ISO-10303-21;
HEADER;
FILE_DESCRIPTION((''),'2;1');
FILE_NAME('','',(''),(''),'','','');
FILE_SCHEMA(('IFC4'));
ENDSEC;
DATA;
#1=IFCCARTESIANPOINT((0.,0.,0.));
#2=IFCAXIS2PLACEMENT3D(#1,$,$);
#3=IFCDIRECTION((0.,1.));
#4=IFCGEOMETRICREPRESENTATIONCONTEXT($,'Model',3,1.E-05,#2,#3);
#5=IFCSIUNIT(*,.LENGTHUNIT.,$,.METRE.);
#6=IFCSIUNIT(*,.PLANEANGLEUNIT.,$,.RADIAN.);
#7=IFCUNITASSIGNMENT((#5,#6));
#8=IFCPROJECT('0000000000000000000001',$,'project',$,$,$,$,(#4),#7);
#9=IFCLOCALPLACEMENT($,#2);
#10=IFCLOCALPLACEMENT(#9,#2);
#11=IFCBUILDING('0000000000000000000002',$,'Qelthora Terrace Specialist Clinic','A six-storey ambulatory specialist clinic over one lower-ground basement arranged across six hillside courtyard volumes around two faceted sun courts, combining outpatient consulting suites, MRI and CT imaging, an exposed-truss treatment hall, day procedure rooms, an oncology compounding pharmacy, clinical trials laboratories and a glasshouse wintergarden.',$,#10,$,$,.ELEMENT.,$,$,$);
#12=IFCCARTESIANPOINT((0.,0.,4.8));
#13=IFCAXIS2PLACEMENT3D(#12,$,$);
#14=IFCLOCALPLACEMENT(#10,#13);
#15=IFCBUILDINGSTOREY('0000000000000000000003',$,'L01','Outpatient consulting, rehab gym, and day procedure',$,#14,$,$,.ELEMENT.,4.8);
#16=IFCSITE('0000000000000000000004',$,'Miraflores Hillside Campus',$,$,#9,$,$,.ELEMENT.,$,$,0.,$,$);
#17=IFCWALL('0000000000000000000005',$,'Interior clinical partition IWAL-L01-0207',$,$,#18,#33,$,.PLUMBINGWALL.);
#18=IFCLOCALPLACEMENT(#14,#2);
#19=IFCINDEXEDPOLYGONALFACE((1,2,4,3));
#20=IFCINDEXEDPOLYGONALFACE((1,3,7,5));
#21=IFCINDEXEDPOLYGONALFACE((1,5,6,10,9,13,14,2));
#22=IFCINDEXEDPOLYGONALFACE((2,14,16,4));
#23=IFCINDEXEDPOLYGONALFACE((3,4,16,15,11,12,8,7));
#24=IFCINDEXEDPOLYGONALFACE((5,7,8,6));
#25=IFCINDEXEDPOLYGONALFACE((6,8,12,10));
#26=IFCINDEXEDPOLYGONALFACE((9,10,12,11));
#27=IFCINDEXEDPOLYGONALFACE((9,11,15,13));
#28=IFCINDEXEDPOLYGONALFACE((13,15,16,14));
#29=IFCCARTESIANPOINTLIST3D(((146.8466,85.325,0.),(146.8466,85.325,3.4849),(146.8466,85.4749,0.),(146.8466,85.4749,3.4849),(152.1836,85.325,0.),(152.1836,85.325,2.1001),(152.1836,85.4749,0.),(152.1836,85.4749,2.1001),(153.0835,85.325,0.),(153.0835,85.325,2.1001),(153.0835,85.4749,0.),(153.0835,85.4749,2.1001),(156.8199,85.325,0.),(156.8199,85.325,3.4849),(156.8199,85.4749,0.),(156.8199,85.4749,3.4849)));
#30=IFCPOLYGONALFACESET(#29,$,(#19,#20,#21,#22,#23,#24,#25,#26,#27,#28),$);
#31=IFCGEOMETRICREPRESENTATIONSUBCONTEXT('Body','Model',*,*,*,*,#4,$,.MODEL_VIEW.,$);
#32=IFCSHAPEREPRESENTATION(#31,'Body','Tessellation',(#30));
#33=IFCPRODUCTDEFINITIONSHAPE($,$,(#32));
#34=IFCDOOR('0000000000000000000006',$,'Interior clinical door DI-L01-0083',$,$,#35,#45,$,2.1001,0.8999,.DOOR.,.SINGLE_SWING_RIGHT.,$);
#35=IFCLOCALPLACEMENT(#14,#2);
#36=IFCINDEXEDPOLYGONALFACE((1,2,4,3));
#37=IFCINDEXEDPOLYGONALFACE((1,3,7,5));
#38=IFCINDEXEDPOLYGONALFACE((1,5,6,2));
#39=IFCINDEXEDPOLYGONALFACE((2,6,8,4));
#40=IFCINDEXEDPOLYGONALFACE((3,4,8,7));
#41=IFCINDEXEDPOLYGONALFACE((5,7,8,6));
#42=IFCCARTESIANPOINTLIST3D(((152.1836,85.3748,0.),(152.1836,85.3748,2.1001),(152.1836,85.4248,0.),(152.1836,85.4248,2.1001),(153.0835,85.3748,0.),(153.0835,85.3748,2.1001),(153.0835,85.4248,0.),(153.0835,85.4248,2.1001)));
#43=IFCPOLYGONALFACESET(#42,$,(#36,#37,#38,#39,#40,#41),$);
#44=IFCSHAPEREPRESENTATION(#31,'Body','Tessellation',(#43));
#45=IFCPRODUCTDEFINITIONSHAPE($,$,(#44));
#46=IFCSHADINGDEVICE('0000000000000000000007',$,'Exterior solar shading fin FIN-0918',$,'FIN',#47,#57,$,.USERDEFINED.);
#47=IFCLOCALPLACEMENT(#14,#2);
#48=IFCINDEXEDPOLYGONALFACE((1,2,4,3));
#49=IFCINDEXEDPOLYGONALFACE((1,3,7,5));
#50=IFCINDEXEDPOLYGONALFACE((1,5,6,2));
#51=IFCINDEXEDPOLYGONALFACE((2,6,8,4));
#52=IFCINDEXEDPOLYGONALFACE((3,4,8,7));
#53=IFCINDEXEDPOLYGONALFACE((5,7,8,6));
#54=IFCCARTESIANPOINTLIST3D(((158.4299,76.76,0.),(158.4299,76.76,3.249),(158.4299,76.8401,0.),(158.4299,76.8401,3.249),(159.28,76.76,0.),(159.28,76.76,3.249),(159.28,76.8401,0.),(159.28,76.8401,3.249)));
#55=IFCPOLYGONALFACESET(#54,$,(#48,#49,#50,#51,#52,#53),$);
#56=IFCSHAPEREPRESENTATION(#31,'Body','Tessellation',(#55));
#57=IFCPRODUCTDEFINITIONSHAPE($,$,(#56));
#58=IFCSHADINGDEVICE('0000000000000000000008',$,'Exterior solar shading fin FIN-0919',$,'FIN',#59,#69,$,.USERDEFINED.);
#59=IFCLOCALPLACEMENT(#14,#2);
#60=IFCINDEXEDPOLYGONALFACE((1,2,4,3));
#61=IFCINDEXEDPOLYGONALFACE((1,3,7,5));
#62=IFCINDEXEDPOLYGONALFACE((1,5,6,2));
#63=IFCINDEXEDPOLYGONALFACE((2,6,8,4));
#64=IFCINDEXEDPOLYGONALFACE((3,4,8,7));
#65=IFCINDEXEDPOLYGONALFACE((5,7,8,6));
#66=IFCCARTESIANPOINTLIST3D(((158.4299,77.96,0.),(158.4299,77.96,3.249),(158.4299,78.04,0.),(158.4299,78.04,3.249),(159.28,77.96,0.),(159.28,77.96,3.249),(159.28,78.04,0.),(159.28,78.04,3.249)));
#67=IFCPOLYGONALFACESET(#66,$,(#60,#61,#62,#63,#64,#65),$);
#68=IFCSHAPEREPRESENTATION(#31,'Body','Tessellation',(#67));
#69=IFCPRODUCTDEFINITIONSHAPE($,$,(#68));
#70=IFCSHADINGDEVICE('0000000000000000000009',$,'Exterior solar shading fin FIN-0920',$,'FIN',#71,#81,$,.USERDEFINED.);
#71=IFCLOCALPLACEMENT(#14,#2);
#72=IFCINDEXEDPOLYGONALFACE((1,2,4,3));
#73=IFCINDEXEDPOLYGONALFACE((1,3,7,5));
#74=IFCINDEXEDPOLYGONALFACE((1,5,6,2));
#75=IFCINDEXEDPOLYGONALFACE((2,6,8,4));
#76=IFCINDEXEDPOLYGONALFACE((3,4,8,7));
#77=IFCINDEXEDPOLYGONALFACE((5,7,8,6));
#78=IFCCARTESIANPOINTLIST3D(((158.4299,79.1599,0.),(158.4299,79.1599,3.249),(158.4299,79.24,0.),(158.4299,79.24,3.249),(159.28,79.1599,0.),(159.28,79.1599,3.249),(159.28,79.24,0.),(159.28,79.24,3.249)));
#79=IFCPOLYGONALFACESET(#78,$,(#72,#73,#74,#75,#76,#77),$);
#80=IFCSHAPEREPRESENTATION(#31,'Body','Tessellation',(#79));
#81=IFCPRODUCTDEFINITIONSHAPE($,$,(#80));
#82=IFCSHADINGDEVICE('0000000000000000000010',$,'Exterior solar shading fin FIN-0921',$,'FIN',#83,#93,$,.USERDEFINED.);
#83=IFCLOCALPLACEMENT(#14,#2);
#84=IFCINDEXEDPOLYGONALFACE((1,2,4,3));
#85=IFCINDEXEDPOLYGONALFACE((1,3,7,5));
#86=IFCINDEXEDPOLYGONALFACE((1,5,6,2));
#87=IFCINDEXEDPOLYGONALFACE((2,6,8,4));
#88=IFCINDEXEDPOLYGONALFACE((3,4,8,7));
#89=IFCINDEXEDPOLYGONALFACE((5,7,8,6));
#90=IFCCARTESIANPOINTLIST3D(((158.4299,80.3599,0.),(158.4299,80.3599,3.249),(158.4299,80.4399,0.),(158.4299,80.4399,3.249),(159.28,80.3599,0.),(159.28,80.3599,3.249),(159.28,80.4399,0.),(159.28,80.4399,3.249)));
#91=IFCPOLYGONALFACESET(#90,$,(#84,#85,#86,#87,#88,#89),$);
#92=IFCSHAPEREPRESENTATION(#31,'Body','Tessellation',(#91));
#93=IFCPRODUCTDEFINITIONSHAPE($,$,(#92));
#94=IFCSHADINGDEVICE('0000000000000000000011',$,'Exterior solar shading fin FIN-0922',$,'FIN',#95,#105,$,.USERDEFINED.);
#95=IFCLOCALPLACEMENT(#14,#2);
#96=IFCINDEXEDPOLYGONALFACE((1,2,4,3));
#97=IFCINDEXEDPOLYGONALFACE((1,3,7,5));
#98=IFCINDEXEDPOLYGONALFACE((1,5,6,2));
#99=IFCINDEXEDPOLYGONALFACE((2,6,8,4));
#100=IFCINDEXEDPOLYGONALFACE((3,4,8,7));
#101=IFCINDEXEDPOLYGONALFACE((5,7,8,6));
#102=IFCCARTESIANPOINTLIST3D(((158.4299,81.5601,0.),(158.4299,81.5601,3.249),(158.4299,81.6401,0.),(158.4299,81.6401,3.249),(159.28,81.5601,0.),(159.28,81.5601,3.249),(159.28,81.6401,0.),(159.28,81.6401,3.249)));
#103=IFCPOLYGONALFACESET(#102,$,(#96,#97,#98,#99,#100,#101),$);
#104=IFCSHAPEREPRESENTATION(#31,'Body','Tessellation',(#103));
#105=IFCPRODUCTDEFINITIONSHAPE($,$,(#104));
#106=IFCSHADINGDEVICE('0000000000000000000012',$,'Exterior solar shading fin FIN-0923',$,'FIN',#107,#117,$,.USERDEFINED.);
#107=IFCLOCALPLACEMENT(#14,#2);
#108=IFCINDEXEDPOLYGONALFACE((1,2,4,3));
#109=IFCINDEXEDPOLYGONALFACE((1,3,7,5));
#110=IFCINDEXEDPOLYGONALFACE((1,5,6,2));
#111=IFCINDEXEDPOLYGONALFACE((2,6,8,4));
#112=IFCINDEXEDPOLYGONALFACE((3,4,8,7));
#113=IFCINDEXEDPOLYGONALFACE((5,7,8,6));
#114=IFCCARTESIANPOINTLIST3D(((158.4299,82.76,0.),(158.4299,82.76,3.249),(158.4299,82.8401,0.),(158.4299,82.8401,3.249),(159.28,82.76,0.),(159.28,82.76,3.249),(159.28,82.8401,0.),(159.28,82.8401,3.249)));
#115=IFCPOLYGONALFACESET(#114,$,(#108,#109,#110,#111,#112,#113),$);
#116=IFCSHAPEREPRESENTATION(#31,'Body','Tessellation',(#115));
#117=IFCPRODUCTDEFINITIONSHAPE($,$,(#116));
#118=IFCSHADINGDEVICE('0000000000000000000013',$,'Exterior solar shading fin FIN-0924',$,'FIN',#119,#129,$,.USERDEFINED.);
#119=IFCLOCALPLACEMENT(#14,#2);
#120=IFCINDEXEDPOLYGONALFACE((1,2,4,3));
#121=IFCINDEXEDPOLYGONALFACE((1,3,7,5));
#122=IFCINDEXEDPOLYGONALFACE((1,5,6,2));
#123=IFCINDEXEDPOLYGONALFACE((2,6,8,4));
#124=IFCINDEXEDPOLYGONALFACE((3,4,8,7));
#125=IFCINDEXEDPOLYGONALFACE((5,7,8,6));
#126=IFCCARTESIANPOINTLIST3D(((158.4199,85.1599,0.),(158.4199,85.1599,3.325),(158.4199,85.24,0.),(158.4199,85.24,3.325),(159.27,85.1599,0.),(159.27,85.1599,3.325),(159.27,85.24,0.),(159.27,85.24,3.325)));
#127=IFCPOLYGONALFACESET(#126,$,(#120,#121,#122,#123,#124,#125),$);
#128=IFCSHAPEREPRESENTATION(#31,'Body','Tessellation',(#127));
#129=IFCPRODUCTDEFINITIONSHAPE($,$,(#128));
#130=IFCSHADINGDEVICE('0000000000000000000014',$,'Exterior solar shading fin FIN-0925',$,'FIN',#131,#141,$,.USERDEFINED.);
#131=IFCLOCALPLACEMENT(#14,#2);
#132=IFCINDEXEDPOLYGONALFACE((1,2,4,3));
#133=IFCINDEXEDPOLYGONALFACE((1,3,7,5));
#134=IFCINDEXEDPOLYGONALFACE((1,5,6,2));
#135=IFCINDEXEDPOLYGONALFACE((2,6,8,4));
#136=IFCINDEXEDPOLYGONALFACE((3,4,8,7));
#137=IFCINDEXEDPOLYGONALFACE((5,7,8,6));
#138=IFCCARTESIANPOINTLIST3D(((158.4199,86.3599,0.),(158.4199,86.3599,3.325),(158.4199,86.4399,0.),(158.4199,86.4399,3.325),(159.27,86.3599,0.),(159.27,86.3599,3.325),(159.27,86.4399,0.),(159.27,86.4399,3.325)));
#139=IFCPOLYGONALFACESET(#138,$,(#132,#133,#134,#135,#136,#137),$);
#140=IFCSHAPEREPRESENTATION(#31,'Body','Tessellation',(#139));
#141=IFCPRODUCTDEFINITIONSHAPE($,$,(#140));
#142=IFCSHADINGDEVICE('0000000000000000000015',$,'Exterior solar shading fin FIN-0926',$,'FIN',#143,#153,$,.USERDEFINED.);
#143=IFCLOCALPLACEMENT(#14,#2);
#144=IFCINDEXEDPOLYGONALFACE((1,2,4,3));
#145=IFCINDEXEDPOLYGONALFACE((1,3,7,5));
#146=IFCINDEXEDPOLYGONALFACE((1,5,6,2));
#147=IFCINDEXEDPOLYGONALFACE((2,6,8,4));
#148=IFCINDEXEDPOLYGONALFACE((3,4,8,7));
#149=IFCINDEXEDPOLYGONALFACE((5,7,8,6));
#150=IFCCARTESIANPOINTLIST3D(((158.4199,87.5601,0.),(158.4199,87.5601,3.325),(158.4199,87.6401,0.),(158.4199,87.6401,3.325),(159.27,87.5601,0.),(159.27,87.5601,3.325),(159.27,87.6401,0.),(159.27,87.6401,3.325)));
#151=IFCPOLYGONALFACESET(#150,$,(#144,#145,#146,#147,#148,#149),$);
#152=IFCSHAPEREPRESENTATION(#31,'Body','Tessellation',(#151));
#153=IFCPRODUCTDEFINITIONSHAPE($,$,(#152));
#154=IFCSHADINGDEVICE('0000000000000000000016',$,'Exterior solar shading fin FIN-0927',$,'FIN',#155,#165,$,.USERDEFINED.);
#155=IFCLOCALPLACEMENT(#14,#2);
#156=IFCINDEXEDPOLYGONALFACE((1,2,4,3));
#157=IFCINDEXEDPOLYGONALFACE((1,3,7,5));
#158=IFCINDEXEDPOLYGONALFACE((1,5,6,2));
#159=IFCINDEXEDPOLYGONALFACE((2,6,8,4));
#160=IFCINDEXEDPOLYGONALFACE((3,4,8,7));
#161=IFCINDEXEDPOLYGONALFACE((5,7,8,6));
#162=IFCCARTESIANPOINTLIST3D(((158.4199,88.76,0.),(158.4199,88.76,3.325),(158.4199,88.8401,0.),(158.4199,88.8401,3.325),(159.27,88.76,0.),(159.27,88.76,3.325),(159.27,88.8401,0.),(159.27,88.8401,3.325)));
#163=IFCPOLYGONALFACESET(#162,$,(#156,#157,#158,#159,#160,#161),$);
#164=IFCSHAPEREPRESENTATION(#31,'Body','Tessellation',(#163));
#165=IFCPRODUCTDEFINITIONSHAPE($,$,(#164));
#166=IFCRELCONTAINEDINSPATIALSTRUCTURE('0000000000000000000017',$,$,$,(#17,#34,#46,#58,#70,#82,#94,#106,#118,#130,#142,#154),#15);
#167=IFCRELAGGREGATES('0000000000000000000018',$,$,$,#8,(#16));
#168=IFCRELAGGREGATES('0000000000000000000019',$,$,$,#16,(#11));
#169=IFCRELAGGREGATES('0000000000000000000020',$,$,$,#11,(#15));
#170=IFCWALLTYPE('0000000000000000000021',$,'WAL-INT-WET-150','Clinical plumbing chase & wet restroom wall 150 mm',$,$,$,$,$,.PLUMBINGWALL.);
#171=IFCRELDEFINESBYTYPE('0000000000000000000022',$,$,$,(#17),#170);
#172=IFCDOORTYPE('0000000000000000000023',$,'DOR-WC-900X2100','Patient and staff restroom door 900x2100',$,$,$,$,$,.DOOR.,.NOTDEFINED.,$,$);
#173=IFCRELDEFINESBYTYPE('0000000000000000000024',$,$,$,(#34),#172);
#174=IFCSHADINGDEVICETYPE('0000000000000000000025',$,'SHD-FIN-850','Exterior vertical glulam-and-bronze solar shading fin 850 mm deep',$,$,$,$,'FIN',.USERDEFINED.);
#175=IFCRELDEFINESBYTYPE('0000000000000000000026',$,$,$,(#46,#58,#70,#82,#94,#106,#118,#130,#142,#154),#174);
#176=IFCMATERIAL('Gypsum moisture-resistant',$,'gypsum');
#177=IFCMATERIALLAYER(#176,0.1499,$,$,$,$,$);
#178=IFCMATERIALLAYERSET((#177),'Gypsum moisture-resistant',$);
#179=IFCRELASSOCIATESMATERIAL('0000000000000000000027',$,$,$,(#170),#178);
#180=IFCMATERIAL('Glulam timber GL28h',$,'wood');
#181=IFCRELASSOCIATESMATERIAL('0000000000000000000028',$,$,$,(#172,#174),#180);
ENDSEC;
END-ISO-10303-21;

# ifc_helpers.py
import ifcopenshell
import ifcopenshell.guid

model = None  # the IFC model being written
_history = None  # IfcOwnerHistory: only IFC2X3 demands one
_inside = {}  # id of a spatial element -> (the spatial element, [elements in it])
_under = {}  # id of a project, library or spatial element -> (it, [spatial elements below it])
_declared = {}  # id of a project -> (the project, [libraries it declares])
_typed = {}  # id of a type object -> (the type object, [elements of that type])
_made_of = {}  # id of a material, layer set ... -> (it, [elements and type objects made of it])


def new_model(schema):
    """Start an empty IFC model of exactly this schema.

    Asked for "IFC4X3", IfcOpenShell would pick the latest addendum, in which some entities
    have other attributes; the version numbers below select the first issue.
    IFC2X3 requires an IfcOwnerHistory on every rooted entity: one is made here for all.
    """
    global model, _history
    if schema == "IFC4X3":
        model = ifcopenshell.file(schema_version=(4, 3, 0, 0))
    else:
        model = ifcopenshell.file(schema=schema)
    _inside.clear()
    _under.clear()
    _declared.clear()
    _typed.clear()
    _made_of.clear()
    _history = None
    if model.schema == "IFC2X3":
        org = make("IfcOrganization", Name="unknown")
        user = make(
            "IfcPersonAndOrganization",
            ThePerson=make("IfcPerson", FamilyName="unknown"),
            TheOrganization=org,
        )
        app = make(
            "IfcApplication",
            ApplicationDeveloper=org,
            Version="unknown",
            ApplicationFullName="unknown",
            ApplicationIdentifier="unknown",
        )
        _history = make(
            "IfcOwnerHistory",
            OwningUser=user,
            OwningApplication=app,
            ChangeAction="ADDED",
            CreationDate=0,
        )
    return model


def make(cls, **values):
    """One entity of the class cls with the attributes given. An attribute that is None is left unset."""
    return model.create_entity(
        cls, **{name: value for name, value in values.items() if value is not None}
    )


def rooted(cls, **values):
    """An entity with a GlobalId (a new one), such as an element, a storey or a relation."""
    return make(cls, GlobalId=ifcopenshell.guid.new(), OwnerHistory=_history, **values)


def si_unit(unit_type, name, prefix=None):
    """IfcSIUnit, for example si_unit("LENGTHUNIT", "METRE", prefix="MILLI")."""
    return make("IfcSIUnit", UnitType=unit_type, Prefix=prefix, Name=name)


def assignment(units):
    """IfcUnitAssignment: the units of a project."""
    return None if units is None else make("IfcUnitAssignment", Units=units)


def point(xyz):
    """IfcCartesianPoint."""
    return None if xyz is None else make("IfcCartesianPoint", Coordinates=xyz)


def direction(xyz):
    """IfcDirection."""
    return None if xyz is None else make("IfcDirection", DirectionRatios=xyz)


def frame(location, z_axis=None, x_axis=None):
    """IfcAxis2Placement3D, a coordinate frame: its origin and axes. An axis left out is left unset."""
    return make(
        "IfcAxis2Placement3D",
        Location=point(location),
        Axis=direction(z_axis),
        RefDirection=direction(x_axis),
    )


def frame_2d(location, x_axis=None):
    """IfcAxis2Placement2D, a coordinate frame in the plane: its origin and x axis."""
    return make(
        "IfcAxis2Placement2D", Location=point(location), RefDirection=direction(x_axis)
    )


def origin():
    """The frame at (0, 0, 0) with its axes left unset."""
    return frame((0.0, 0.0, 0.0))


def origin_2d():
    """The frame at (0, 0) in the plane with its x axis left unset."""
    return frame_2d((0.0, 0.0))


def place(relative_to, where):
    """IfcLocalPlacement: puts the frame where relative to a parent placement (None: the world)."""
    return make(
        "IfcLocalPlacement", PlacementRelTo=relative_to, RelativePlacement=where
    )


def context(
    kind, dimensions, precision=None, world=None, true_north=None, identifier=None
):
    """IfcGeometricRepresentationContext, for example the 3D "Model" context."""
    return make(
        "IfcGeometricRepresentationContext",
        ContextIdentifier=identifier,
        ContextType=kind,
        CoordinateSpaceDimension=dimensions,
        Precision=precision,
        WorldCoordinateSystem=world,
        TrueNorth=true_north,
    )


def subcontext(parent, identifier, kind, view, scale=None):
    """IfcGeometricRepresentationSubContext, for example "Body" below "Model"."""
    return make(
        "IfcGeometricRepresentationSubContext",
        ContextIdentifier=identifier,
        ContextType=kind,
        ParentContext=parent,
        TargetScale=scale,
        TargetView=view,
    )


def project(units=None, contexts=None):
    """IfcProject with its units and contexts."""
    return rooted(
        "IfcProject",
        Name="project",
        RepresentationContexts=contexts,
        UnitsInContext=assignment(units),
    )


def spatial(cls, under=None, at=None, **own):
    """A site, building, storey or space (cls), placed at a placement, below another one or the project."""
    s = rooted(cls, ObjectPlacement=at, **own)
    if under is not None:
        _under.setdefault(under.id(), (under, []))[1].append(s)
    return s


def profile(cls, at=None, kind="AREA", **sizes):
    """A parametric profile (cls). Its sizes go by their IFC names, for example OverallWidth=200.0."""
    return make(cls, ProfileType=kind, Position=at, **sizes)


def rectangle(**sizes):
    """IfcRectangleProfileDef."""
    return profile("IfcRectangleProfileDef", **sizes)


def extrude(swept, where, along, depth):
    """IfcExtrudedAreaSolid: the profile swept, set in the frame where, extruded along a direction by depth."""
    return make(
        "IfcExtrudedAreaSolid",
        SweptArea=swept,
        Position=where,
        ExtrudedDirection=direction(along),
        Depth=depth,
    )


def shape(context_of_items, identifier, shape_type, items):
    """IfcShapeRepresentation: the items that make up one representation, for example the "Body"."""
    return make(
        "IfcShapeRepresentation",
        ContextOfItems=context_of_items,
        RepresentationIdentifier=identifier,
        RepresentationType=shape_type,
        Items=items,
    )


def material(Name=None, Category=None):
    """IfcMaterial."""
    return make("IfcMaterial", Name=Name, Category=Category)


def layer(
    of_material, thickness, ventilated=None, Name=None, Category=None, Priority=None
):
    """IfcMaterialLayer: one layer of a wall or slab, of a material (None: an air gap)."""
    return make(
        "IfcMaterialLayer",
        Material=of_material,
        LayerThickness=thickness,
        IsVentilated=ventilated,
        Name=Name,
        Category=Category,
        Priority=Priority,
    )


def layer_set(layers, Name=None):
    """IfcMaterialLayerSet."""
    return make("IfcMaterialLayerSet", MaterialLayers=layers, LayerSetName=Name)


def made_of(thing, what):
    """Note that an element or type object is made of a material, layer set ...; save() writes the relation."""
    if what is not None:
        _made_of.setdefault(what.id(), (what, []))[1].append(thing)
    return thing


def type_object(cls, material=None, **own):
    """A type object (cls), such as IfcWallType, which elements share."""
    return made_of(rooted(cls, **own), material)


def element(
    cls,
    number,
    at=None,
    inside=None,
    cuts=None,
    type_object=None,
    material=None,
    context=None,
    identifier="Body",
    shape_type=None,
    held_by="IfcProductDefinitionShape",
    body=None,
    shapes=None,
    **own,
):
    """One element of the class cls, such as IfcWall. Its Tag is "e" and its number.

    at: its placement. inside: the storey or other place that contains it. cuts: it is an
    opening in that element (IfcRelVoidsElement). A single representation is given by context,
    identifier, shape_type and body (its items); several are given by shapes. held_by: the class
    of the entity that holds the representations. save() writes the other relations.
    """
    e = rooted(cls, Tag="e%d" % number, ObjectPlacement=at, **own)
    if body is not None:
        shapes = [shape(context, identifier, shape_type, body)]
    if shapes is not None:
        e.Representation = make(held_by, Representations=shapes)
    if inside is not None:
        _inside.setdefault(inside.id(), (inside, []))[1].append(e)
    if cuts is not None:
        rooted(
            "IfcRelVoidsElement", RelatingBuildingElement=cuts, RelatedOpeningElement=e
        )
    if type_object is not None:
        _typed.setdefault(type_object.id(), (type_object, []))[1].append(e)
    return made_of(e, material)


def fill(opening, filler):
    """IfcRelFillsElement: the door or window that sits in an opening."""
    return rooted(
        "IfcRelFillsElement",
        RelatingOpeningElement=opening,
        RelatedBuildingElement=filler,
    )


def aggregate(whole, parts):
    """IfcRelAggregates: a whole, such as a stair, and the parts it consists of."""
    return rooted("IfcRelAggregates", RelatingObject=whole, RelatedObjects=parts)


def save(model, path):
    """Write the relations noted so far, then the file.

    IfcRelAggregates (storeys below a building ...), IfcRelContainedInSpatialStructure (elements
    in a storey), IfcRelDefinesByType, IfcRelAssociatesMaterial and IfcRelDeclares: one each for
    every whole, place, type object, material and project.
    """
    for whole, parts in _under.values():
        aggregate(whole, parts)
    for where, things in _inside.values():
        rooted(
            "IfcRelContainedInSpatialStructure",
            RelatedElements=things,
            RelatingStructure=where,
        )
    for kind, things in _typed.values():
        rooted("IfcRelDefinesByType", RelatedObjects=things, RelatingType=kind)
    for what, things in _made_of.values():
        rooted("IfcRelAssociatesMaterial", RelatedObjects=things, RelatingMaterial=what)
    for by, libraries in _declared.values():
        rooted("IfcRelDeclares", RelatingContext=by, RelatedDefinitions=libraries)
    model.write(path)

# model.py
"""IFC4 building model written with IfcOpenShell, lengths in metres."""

from ifc_helpers import new_model, si_unit, direction, frame, frame_2d, origin, origin_2d, place, context, subcontext, project, spatial, rectangle, extrude, material, layer, layer_set, type_object, element, fill, save


model = new_model("IFC4")

# Units and contexts
model_context = context("Model", 3, precision=1e-05, world=origin(), true_north=direction((0.0, 1.0)))
body_context = subcontext(model_context, "Body", "Model", "MODEL_VIEW")
ifc_project = project(units=[si_unit("LENGTHUNIT", "METRE"), si_unit("PLANEANGLEUNIT", "RADIAN")], contexts=[model_context])

# Site, building, storey
site_placement = place(None, origin())
site = spatial("IfcSite", under=ifc_project, at=site_placement, Name="Miraflores Hillside Campus", CompositionType="ELEMENT", RefElevation=0.0)
building_placement = place(site_placement, origin())
building = spatial("IfcBuilding", under=site, at=building_placement, Name="Qelthora Terrace Specialist Clinic", Description="A six-storey ambulatory specialist clinic over one lower-ground basement arranged across six hillside courtyard volumes around two faceted sun courts, combining outpatient consulting suites, MRI and CT imaging, an exposed-truss treatment hall, day procedure rooms, an oncology compounding pharmacy, clinical trials laboratories and a glasshouse wintergarden.", CompositionType="ELEMENT")
storey_placement = place(building_placement, frame((0.0, 0.0, 4.8)))
storey = spatial("IfcBuildingStorey", under=building, at=storey_placement, Name="L01", Description="Outpatient consulting, rehab gym, and day procedure", CompositionType="ELEMENT", Elevation=4.8)

# Wall, opening, door
ifc_material_1 = material(Name="Gypsum moisture-resistant", Category="gypsum")
ifc_layer_1 = layer(ifc_material_1, 0.1499)
ifc_layer_set_1 = layer_set([ifc_layer_1], Name="Gypsum moisture-resistant")
wall_type_1 = type_object("IfcWallType", Name="WAL-INT-WET-150", Description="Clinical plumbing chase & wet restroom wall 150 mm", PredefinedType="PLUMBINGWALL", material=ifc_layer_set_1)
wall_1_placement = place(storey_placement, frame((156.8201, 85.3999, 0.0), z_axis=(0.0, 0.0, 1.0), x_axis=(-1.0, 0.0, 0.0)))
wall_1 = element("IfcWall", 1, at=wall_1_placement, inside=storey, type_object=wall_type_1, Name="Interior clinical partition IWAL-L01-0207", PredefinedType="PLUMBINGWALL", context=body_context, shape_type="SweptSolid", body=[
    extrude(rectangle(XDim=9.9734, YDim=0.1499, at=frame_2d((4.9868, 0.0))), origin(), (0.0, 0.0, 1.0), 3.4849),
])
opening_1_placement = place(wall_1_placement, frame((3.7366, 0.0, 0.0)))
opening_1 = element("IfcOpeningElement", 2, at=opening_1_placement, cuts=wall_1, PredefinedType="OPENING", context=body_context, shape_type="SweptSolid", body=[
    extrude(rectangle(XDim=0.8999, YDim=2.1001, at=frame_2d((0.45, 1.05))), frame((0.0, 0.085, 0.0), z_axis=(0.0, -1.0, 0.0), x_axis=(1.0, 0.0, 0.0)), (0.0, 0.0, 1.0), 0.1699),
])
ifc_material_2 = material(Name="Glulam timber GL28h", Category="wood")
door_type = type_object("IfcDoorType", Name="DOR-WC-900X2100", Description="Patient and staff restroom door 900x2100", OperationType="NOTDEFINED", PredefinedType="DOOR", material=ifc_material_2)
door_placement = place(opening_1_placement, frame((0.8999, 0.0, 0.0), z_axis=(0.0, 0.0, 1.0), x_axis=(-1.0, 0.0, 0.0)))
door = element("IfcDoor", 3, at=door_placement, inside=storey, type_object=door_type, Name="Interior clinical door DI-L01-0083", OperationType="SINGLE_SWING_RIGHT", OverallHeight=2.1001, OverallWidth=0.8999, PredefinedType="DOOR", context=body_context, shape_type="SweptSolid", body=[
    extrude(rectangle(XDim=0.8999, YDim=2.1001, at=frame_2d((0.45, 1.05))), frame((0.0, 0.0249, 0.0), z_axis=(0.0, -1.0, 0.0), x_axis=(1.0, 0.0, 0.0)), (0.0, 0.0, 1.0), 0.05),
])
fill(opening_1, door)

# Shading devices
shading_device_type = type_object("IfcShadingDeviceType", Name="SHD-FIN-850", Description="Exterior vertical glulam-and-bronze solar shading fin 850 mm deep", ElementType="FIN", PredefinedType="USERDEFINED", material=ifc_material_2)
for number, where, z_axis, x_axis, name in (
    (4, (158.855, 76.8, 0.0), (0.0, 0.0, 1.0), (1.0, 0.0, 0.0), "Exterior solar shading fin FIN-0918"),
    (5, (158.855, 78.0, 0.0), (0.0, 0.0, 1.0), (1.0, 0.0, 0.0), "Exterior solar shading fin FIN-0919"),
    (6, (158.855, 79.2, 0.0), (0.0, 0.0, 1.0), (1.0, 0.0, 0.0), "Exterior solar shading fin FIN-0920"),
    (7, (158.855, 80.3999, 0.0), (0.0, 0.0, 1.0), (1.0, 0.0, 0.0), "Exterior solar shading fin FIN-0921"),
    (8, (158.855, 81.6001, 0.0), (0.0, 0.0, 1.0), (1.0, 0.0, 0.0), "Exterior solar shading fin FIN-0922"),
    (9, (158.855, 82.8, 0.0), (0.0, 0.0, 1.0), (1.0, 0.0, 0.0), "Exterior solar shading fin FIN-0923"),
):
    element("IfcShadingDevice", number, at=place(storey_placement, frame(where, z_axis=z_axis, x_axis=x_axis)), inside=storey, type_object=shading_device_type, Name=name, ObjectType="FIN", PredefinedType="USERDEFINED", context=body_context, shape_type="SweptSolid", body=[
        extrude(rectangle(XDim=0.8501, YDim=0.0801, at=origin_2d()), origin(), (0.0, 0.0, 1.0), 3.249),
    ])
for number, where, z_axis, x_axis, name in (
    (10, (158.845, 85.2, 0.0), (0.0, 0.0, 1.0), (1.0, 0.0, 0.0), "Exterior solar shading fin FIN-0924"),
    (11, (158.845, 86.3999, 0.0), (0.0, 0.0, 1.0), (1.0, 0.0, 0.0), "Exterior solar shading fin FIN-0925"),
    (12, (158.845, 87.6001, 0.0), (0.0, 0.0, 1.0), (1.0, 0.0, 0.0), "Exterior solar shading fin FIN-0926"),
    (13, (158.845, 88.8, 0.0), (0.0, 0.0, 1.0), (1.0, 0.0, 0.0), "Exterior solar shading fin FIN-0927"),
):
    element("IfcShadingDevice", number, at=place(storey_placement, frame(where, z_axis=z_axis, x_axis=x_axis)), inside=storey, type_object=shading_device_type, Name=name, ObjectType="FIN", PredefinedType="USERDEFINED", context=body_context, shape_type="SweptSolid", body=[
        extrude(rectangle(XDim=0.8501, YDim=0.0801, at=origin_2d()), origin(), (0.0, 0.0, 1.0), 3.325),
    ])

save(model, "model.ifc")
